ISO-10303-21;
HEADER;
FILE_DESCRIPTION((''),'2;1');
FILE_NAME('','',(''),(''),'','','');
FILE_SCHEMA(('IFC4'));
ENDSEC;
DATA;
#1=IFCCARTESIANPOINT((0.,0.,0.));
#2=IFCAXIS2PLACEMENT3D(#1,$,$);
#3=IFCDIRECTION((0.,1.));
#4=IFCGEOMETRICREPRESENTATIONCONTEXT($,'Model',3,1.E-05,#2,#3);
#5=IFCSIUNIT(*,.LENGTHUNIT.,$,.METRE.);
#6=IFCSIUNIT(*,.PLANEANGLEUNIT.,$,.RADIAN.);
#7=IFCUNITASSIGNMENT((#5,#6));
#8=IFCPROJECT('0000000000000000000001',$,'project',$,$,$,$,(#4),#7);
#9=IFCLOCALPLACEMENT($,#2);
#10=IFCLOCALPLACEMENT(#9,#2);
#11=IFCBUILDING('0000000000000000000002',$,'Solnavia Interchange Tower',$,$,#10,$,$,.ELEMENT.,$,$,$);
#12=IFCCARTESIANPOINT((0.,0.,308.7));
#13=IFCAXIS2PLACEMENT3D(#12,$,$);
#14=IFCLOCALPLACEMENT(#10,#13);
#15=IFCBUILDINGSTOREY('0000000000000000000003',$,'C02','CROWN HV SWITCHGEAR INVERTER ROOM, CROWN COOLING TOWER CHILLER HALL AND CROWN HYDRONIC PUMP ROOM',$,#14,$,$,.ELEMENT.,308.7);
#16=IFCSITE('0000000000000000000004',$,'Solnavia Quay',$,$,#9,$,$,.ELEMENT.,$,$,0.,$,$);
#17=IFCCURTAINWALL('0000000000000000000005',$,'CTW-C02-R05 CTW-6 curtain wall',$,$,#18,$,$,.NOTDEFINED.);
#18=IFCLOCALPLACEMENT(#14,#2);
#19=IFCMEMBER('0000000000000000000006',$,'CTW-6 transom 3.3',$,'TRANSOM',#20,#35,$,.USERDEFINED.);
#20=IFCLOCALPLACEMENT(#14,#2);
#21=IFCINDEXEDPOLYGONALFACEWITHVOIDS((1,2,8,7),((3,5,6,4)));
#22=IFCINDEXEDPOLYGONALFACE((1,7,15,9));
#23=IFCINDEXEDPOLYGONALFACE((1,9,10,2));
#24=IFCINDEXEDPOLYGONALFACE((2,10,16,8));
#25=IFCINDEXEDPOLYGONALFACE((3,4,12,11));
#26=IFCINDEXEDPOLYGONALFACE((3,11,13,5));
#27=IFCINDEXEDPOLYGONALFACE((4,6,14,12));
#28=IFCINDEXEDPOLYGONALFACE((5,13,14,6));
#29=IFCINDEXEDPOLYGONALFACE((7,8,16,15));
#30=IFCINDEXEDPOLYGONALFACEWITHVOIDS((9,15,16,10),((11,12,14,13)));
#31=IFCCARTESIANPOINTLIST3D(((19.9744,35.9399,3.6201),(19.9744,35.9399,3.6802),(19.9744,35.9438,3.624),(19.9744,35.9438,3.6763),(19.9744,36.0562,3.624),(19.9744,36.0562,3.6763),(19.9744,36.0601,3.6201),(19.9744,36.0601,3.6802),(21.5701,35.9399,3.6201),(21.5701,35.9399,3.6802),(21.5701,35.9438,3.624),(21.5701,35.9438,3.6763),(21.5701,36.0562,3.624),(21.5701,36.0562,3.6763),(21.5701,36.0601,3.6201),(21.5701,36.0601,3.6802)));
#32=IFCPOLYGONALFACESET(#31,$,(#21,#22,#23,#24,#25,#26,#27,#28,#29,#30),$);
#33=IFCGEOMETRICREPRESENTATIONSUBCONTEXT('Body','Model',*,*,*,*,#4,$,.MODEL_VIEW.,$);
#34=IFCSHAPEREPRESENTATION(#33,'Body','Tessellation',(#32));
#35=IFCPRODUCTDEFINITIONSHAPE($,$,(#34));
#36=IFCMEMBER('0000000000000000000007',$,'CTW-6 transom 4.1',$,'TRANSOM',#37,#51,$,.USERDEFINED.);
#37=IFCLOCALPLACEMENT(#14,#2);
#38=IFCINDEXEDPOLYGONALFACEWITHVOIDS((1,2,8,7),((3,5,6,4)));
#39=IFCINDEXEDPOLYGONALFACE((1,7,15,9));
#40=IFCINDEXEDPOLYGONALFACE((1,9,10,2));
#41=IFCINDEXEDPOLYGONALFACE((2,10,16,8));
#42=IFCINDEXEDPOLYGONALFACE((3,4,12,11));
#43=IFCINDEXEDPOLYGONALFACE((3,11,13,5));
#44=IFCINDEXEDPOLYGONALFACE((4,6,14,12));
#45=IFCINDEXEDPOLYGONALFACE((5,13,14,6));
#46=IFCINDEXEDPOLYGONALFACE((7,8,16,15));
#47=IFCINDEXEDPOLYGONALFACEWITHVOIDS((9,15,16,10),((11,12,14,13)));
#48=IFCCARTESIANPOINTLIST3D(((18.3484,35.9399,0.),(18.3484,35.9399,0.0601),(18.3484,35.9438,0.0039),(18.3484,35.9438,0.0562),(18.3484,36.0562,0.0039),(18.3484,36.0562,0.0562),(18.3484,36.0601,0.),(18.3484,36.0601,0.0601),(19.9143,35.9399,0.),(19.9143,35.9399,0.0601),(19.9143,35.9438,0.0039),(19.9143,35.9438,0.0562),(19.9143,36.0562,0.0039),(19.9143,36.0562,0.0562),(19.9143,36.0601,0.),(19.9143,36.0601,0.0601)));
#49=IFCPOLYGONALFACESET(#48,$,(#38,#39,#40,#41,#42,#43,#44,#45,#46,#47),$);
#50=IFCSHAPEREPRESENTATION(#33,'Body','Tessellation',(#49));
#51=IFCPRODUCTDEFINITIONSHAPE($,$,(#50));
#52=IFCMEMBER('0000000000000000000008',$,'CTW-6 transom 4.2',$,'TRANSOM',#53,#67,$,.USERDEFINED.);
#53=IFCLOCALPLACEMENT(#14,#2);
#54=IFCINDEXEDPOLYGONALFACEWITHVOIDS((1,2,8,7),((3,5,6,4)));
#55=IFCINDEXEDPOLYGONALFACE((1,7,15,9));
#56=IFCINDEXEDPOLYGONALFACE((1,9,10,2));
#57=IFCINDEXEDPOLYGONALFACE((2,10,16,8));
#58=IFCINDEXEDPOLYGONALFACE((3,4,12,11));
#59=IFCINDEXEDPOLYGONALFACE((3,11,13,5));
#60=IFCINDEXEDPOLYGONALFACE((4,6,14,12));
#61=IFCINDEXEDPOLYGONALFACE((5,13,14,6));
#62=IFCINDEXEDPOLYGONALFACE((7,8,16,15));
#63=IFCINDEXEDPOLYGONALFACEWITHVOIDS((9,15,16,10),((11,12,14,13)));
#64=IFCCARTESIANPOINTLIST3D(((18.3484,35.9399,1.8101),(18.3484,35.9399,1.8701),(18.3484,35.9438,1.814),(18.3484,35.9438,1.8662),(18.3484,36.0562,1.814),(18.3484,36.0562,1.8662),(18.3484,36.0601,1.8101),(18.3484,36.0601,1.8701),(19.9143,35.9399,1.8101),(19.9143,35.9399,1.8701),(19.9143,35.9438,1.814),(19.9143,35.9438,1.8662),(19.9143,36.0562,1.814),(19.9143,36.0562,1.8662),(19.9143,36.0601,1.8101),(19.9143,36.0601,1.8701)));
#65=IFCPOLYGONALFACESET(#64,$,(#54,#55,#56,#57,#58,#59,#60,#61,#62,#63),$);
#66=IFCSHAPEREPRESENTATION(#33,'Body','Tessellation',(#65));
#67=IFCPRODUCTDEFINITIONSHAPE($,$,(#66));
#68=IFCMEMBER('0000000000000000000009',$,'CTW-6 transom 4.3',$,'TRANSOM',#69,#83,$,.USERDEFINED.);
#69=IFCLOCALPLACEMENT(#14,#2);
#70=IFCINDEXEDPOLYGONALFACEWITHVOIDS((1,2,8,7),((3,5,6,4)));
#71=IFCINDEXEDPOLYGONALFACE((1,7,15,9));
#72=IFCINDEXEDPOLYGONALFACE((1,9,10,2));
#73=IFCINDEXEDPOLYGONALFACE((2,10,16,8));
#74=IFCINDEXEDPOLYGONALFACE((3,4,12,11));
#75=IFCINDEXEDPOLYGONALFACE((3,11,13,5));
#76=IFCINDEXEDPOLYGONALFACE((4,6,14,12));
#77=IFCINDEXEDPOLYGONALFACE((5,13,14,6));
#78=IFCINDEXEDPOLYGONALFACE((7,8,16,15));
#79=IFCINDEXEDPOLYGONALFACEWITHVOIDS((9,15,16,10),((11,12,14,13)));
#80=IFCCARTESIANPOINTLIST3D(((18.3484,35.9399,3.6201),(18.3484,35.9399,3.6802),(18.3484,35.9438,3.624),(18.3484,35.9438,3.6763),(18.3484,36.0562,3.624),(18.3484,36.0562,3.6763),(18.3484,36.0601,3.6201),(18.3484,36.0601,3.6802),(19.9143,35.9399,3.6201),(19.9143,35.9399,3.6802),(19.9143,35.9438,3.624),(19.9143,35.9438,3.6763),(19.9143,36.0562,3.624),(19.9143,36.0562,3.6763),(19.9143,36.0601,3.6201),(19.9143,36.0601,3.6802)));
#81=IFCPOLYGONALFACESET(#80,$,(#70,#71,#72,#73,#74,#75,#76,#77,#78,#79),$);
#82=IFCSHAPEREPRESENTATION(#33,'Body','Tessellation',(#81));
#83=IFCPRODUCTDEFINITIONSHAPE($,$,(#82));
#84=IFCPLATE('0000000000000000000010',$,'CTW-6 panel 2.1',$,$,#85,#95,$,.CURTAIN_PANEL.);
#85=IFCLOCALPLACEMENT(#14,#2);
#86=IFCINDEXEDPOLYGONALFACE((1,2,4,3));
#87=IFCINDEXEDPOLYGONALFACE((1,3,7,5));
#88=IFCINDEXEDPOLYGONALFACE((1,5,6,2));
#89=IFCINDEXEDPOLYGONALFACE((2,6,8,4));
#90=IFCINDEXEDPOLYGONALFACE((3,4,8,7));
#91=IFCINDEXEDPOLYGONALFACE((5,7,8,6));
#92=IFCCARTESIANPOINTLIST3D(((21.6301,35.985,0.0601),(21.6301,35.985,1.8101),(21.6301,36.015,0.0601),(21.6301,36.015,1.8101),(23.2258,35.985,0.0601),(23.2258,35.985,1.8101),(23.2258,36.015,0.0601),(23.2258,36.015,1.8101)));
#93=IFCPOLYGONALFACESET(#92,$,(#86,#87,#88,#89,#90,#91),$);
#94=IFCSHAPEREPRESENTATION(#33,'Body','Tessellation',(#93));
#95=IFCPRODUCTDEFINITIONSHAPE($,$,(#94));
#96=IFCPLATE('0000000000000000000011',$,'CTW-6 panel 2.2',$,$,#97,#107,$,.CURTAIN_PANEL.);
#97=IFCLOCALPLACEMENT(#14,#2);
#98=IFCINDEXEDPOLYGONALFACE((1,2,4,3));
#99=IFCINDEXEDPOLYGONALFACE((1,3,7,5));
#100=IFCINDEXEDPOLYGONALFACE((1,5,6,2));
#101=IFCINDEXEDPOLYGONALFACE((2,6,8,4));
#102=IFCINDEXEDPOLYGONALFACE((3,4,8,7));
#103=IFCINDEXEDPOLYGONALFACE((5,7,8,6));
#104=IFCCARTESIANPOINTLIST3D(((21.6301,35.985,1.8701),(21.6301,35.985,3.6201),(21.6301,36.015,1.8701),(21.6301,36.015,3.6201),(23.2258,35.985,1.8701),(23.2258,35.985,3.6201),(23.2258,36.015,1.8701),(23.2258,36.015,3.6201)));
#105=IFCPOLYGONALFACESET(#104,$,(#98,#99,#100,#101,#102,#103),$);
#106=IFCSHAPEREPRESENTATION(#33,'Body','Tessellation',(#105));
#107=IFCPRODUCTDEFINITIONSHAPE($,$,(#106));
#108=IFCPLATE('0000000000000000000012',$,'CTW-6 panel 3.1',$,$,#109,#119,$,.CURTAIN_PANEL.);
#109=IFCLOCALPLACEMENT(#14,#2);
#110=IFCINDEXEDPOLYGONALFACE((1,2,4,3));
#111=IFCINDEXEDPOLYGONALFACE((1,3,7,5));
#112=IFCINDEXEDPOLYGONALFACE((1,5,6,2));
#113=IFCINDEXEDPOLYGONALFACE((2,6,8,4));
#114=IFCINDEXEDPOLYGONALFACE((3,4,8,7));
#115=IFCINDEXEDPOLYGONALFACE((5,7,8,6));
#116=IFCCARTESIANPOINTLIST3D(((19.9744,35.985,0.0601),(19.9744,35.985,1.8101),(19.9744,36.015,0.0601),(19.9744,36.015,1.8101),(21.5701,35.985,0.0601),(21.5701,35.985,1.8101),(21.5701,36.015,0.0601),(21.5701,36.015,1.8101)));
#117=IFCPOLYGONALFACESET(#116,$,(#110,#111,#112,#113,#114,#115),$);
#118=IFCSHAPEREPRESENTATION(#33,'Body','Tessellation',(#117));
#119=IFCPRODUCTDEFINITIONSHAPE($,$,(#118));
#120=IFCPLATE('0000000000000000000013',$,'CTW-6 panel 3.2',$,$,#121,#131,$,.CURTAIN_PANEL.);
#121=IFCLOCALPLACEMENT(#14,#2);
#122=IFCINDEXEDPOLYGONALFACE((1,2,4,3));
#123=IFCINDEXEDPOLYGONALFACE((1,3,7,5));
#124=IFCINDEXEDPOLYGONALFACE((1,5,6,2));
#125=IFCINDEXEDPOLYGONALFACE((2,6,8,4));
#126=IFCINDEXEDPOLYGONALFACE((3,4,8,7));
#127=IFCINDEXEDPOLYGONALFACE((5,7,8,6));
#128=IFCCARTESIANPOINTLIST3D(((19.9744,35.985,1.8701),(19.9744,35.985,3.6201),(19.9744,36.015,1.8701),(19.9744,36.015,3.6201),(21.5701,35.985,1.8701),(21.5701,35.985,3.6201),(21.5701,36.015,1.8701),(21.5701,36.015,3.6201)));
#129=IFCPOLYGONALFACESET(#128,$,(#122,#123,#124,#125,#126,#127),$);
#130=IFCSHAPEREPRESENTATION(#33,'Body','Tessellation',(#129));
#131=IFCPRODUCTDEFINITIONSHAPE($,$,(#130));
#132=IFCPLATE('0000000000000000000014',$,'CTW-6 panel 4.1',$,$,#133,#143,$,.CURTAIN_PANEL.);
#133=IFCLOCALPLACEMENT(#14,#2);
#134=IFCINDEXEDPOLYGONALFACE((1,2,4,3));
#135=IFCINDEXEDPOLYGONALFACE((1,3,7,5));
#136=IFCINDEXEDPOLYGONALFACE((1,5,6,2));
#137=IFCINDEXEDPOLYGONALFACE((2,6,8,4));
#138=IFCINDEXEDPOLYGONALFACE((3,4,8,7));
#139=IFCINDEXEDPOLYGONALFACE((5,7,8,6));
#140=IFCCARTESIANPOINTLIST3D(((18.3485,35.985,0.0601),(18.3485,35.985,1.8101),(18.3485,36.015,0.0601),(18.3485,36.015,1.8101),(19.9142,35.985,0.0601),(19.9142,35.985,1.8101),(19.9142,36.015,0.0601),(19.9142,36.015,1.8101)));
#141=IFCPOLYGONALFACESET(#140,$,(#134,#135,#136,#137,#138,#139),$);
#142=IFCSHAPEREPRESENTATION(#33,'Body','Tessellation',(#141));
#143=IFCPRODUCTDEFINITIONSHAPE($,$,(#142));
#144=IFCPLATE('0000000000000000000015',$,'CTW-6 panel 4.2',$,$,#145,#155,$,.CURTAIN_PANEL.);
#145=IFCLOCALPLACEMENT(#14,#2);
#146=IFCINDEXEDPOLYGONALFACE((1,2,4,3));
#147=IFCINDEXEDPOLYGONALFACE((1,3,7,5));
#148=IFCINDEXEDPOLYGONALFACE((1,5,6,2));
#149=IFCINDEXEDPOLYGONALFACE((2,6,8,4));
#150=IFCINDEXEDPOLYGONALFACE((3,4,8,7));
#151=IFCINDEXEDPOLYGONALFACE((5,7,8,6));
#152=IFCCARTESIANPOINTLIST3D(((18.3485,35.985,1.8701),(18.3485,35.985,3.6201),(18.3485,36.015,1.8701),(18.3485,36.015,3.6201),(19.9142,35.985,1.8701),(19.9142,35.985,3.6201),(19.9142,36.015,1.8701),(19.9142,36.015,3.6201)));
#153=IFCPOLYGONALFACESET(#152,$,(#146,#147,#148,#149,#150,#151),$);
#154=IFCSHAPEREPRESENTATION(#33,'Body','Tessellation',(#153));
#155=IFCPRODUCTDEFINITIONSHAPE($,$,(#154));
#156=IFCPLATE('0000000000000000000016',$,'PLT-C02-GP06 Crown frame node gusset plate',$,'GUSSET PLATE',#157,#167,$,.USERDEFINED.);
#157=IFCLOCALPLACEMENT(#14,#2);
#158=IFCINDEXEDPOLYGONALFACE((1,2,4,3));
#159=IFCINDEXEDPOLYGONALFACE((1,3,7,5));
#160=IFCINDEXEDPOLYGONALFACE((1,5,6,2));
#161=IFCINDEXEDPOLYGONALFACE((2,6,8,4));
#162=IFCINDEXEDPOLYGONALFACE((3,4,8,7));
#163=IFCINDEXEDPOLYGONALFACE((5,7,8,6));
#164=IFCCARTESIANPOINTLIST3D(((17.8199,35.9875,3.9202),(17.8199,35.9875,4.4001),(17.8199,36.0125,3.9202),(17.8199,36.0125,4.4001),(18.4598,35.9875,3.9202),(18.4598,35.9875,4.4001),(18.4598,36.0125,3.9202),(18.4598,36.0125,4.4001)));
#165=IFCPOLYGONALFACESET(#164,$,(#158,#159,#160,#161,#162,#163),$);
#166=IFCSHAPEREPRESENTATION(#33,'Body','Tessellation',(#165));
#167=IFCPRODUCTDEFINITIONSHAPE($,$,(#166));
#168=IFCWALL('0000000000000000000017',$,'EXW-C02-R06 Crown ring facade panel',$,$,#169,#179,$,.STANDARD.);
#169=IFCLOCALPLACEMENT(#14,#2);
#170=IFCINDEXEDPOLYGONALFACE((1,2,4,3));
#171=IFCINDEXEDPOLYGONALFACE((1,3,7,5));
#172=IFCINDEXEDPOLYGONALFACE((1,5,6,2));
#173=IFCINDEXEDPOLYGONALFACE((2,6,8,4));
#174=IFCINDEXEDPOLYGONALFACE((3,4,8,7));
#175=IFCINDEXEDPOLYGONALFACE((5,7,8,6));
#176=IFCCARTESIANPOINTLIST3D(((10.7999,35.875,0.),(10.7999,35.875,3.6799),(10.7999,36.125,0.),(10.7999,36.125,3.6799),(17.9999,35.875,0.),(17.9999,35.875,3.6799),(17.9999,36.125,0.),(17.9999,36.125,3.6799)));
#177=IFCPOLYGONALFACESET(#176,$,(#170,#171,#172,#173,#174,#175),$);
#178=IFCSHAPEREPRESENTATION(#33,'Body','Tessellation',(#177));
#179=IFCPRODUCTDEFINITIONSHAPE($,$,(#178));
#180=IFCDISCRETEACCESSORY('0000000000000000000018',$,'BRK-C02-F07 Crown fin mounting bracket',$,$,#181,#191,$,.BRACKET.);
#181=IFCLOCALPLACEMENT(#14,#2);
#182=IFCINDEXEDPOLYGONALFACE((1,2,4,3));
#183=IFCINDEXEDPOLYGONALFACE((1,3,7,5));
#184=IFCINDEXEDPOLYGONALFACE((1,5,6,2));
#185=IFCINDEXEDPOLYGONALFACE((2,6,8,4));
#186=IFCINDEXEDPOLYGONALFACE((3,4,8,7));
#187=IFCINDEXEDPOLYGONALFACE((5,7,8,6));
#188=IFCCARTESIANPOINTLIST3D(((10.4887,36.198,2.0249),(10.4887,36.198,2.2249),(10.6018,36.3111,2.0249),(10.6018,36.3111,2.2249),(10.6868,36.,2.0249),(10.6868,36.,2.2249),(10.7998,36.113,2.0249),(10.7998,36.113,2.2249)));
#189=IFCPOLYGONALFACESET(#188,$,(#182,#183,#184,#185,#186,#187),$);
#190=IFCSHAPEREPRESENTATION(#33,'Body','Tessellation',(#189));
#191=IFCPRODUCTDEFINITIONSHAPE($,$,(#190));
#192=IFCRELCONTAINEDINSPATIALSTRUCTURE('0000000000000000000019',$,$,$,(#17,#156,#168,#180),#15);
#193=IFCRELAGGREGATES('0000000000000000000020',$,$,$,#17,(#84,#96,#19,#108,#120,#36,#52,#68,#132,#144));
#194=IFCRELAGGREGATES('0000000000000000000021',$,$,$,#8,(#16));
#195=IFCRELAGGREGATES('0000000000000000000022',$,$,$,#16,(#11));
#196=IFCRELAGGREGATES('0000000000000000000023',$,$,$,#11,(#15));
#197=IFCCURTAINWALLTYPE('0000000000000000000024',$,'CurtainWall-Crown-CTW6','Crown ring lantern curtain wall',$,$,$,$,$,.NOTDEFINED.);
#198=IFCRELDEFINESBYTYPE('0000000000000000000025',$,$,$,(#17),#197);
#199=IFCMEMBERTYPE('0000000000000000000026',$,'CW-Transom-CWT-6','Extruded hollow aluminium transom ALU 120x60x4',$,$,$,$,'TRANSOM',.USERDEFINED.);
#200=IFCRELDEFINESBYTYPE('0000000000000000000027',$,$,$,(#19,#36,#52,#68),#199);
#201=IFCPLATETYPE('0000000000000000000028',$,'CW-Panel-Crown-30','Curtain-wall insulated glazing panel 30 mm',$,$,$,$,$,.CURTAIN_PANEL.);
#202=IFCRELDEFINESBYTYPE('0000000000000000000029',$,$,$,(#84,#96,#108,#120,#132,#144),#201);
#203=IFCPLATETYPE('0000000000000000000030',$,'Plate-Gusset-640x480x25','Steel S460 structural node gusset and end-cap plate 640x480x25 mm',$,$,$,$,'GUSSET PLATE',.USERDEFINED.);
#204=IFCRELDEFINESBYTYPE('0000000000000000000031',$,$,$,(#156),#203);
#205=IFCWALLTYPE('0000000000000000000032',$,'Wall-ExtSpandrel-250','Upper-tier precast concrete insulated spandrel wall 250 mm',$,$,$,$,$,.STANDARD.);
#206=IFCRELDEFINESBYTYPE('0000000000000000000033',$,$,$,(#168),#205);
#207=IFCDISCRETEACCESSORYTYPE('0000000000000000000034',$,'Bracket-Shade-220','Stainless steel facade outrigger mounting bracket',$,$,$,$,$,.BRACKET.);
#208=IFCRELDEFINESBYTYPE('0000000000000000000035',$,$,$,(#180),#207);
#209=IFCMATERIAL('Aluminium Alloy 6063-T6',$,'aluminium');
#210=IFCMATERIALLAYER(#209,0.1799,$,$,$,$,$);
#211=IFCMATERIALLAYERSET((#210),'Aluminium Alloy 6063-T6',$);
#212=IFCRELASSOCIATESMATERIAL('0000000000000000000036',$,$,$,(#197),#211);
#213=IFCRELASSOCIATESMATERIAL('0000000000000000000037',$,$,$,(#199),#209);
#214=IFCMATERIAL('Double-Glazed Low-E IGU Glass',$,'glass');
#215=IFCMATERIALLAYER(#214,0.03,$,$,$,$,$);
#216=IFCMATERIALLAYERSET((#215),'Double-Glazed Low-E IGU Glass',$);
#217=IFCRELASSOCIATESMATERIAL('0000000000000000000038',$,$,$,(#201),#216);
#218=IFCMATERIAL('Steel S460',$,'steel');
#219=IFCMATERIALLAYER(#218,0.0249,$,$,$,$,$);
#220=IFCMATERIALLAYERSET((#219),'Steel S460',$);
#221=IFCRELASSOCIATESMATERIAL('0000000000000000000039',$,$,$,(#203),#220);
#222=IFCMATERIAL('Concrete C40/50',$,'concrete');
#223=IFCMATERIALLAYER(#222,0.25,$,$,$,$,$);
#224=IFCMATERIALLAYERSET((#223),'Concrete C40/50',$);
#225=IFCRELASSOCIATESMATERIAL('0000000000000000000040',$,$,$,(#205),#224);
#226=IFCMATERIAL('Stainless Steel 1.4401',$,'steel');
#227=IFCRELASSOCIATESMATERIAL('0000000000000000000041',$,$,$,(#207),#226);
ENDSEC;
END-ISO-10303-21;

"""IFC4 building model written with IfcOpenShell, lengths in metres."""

from ifc_helpers import new_model, si_unit, direction, frame, frame_2d, origin, origin_2d, place, context, subcontext, project, spatial, rectangle, hollow_rectangle, extrude, material, layer, layer_set, material_profile, profile_set, type_object, element, aggregate, save


model = new_model("IFC4")

# Units and contexts
model_context = context("Model", 3, precision=1e-05, world=origin(), true_north=direction((0.0, 1.0)))
body_context = subcontext(model_context, "Body", "Model", "MODEL_VIEW")
ifc_project = project(units=[si_unit("LENGTHUNIT", "METRE"), si_unit("PLANEANGLEUNIT", "RADIAN")], contexts=[model_context])

# Site, building, storey
site_placement = place(None, origin())
site = spatial("IfcSite", under=ifc_project, at=site_placement, Name="Solnavia Quay", CompositionType="ELEMENT", RefElevation=0.0)
building_placement = place(site_placement, origin())
building = spatial("IfcBuilding", under=site, at=building_placement, Name="Solnavia Interchange Tower", CompositionType="ELEMENT")
storey_placement = place(building_placement, frame((0.0, 0.0, 308.7)))
storey = spatial("IfcBuildingStorey", under=building, at=storey_placement, Name="C02", Description="CROWN HV SWITCHGEAR INVERTER ROOM, CROWN COOLING TOWER CHILLER HALL AND CROWN HYDRONIC PUMP ROOM", CompositionType="ELEMENT", Elevation=308.7)

# Shared definitions
ifc_material_1 = material(Name="Steel S460", Category="steel")

# Curtain wall, members, plates
ifc_material_2 = material(Name="Aluminium Alloy 6063-T6", Category="aluminium")
ifc_layer_1 = layer(ifc_material_2, 0.1799)
ifc_layer_set_1 = layer_set([ifc_layer_1], Name="Aluminium Alloy 6063-T6")
curtain_wall_type = type_object("IfcCurtainWallType", Name="CurtainWall-Crown-CTW6", Description="Crown ring lantern curtain wall", PredefinedType="NOTDEFINED", material=ifc_layer_set_1)
curtain_wall_placement = place(storey_placement, origin())
curtain_wall = element("IfcCurtainWall", 1, at=curtain_wall_placement, inside=storey, type_object=curtain_wall_type, Name="CTW-C02-R05 CTW-6 curtain wall", PredefinedType="NOTDEFINED")
ifc_material_profile_1 = material_profile(ifc_material_2, hollow_rectangle(XDim=0.0601, YDim=0.1201, WallThickness=0.0039, at=origin_2d()), Name="ALU 120x60x4")
ifc_profile_set_1 = profile_set([ifc_material_profile_1], Name="Aluminium Alloy 6063-T6")
member_type_1 = type_object("IfcMemberType", Name="CW-Transom-CWT-6", Description="Extruded hollow aluminium transom ALU 120x60x4", ElementType="TRANSOM", PredefinedType="USERDEFINED", material=ifc_profile_set_1)
member_1_placement = place(storey_placement, frame((21.5701, 36.0, 3.6501), z_axis=(-1.0, 0.0, 0.0), x_axis=(0.0, 0.0, 1.0)))
member_1 = element("IfcMember", 2, at=member_1_placement, type_object=member_type_1, Name="CTW-6 transom 3.3", ObjectType="TRANSOM", PredefinedType="USERDEFINED", context=body_context, shape_type="SweptSolid", body=[
    extrude(hollow_rectangle(XDim=0.0601, YDim=0.1201, WallThickness=0.0039, at=origin_2d()), origin(), (0.0, 0.0, 1.0), 1.5957),
])
member_2_placement = place(storey_placement, frame((19.9143, 36.0, 0.03), z_axis=(-1.0, 0.0, 0.0), x_axis=(0.0, 0.0, 1.0)))
member_2 = element("IfcMember", 3, at=member_2_placement, type_object=member_type_1, Name="CTW-6 transom 4.1", ObjectType="TRANSOM", PredefinedType="USERDEFINED", context=body_context, shape_type="SweptSolid", body=[
    extrude(hollow_rectangle(XDim=0.0601, YDim=0.1201, WallThickness=0.0039, at=origin_2d()), origin(), (0.0, 0.0, 1.0), 1.5659),
])
member_3_placement = place(storey_placement, frame((19.9143, 36.0, 1.8401), z_axis=(-1.0, 0.0, 0.0), x_axis=(0.0, 0.0, 1.0)))
member_3 = element("IfcMember", 4, at=member_3_placement, type_object=member_type_1, Name="CTW-6 transom 4.2", ObjectType="TRANSOM", PredefinedType="USERDEFINED", context=body_context, shape_type="SweptSolid", body=[
    extrude(hollow_rectangle(XDim=0.0601, YDim=0.1201, WallThickness=0.0039, at=origin_2d()), origin(), (0.0, 0.0, 1.0), 1.5659),
])
member_4_placement = place(storey_placement, frame((19.9143, 36.0, 3.6501), z_axis=(-1.0, 0.0, 0.0), x_axis=(0.0, 0.0, 1.0)))
member_4 = element("IfcMember", 5, at=member_4_placement, type_object=member_type_1, Name="CTW-6 transom 4.3", ObjectType="TRANSOM", PredefinedType="USERDEFINED", context=body_context, shape_type="SweptSolid", body=[
    extrude(hollow_rectangle(XDim=0.0601, YDim=0.1201, WallThickness=0.0039, at=origin_2d()), origin(), (0.0, 0.0, 1.0), 1.5659),
])
ifc_material_3 = material(Name="Double-Glazed Low-E IGU Glass", Category="glass")
ifc_layer_2 = layer(ifc_material_3, 0.03)
ifc_layer_set_2 = layer_set([ifc_layer_2], Name="Double-Glazed Low-E IGU Glass")
plate_type_1 = type_object("IfcPlateType", Name="CW-Panel-Crown-30", Description="Curtain-wall insulated glazing panel 30 mm", PredefinedType="CURTAIN_PANEL", material=ifc_layer_set_2)
plate_1_placement = place(storey_placement, frame((22.428, 36.0, 0.0601), z_axis=(0.0, 0.0, 1.0), x_axis=(-1.0, 0.0, 0.0)))
plate_1 = element("IfcPlate", 6, at=plate_1_placement, type_object=plate_type_1, Name="CTW-6 panel 2.1", PredefinedType="CURTAIN_PANEL", context=body_context, shape_type="SweptSolid", body=[
    extrude(rectangle(XDim=1.5957, YDim=0.03, at=origin_2d()), origin(), (0.0, 0.0, 1.0), 1.75),
])
plate_2_placement = place(storey_placement, frame((22.428, 36.0, 1.8701), z_axis=(0.0, 0.0, 1.0), x_axis=(-1.0, 0.0, 0.0)))
plate_2 = element("IfcPlate", 7, at=plate_2_placement, type_object=plate_type_1, Name="CTW-6 panel 2.2", PredefinedType="CURTAIN_PANEL", context=body_context, shape_type="SweptSolid", body=[
    extrude(rectangle(XDim=1.5957, YDim=0.03, at=origin_2d()), origin(), (0.0, 0.0, 1.0), 1.75),
])
plate_3_placement = place(storey_placement, frame((20.7722, 36.0, 0.0601), z_axis=(0.0, 0.0, 1.0), x_axis=(-1.0, 0.0, 0.0)))
plate_3 = element("IfcPlate", 8, at=plate_3_placement, type_object=plate_type_1, Name="CTW-6 panel 3.1", PredefinedType="CURTAIN_PANEL", context=body_context, shape_type="SweptSolid", body=[
    extrude(rectangle(XDim=1.5957, YDim=0.03, at=origin_2d()), origin(), (0.0, 0.0, 1.0), 1.75),
])
plate_4_placement = place(storey_placement, frame((20.7722, 36.0, 1.8701), z_axis=(0.0, 0.0, 1.0), x_axis=(-1.0, 0.0, 0.0)))
plate_4 = element("IfcPlate", 9, at=plate_4_placement, type_object=plate_type_1, Name="CTW-6 panel 3.2", PredefinedType="CURTAIN_PANEL", context=body_context, shape_type="SweptSolid", body=[
    extrude(rectangle(XDim=1.5957, YDim=0.03, at=origin_2d()), origin(), (0.0, 0.0, 1.0), 1.75),
])
plate_5_placement = place(storey_placement, frame((19.1313, 36.0, 0.0601), z_axis=(0.0, 0.0, 1.0), x_axis=(-1.0, 0.0, 0.0)))
plate_5 = element("IfcPlate", 10, at=plate_5_placement, type_object=plate_type_1, Name="CTW-6 panel 4.1", PredefinedType="CURTAIN_PANEL", context=body_context, shape_type="SweptSolid", body=[
    extrude(rectangle(XDim=1.5657, YDim=0.03, at=origin_2d()), origin(), (0.0, 0.0, 1.0), 1.75),
])
plate_6_placement = place(storey_placement, frame((19.1313, 36.0, 1.8701), z_axis=(0.0, 0.0, 1.0), x_axis=(-1.0, 0.0, 0.0)))
plate_6 = element("IfcPlate", 11, at=plate_6_placement, type_object=plate_type_1, Name="CTW-6 panel 4.2", PredefinedType="CURTAIN_PANEL", context=body_context, shape_type="SweptSolid", body=[
    extrude(rectangle(XDim=1.5657, YDim=0.03, at=origin_2d()), origin(), (0.0, 0.0, 1.0), 1.75),
])
aggregate(curtain_wall, [plate_1, plate_2, member_1, plate_3, plate_4, member_2, member_3, member_4, plate_5, plate_6])

# Plate
ifc_layer_3 = layer(ifc_material_1, 0.0249)
ifc_layer_set_3 = layer_set([ifc_layer_3], Name="Steel S460")
plate_type_2 = type_object("IfcPlateType", Name="Plate-Gusset-640x480x25", Description="Steel S460 structural node gusset and end-cap plate 640x480x25 mm", ElementType="GUSSET PLATE", PredefinedType="USERDEFINED", material=ifc_layer_set_3)
plate_7_placement = place(storey_placement, frame((18.1399, 36.0, 3.9202), z_axis=(0.0, 0.0, 1.0), x_axis=(-1.0, 0.0, 0.0)))
element("IfcPlate", 12, at=plate_7_placement, inside=storey, type_object=plate_type_2, Name="PLT-C02-GP06 Crown frame node gusset plate", ObjectType="GUSSET PLATE", PredefinedType="USERDEFINED", context=body_context, shape_type="SweptSolid", body=[
    extrude(rectangle(XDim=0.6399, YDim=0.0249, at=origin_2d()), origin(), (0.0, 0.0, 1.0), 0.48),
])

# Wall
ifc_material_4 = material(Name="Concrete C40/50", Category="concrete")
ifc_layer_4 = layer(ifc_material_4, 0.25)
ifc_layer_set_4 = layer_set([ifc_layer_4], Name="Concrete C40/50")
wall_type = type_object("IfcWallType", Name="Wall-ExtSpandrel-250", Description="Upper-tier precast concrete insulated spandrel wall 250 mm", PredefinedType="STANDARD", material=ifc_layer_set_4)
wall_placement = place(storey_placement, frame((18.0, 36.0, 0.0), z_axis=(0.0, 0.0, 1.0), x_axis=(-1.0, 0.0, 0.0)))
element("IfcWall", 13, at=wall_placement, inside=storey, type_object=wall_type, Name="EXW-C02-R06 Crown ring facade panel", PredefinedType="STANDARD", context=body_context, shape_type="SweptSolid", body=[
    extrude(rectangle(XDim=7.2, YDim=0.25, at=frame_2d((3.6001, 0.0))), origin(), (0.0, 0.0, 1.0), 3.6799),
])

# Discrete accessory
ifc_material_5 = material(Name="Stainless Steel 1.4401", Category="steel")
discrete_accessory_type = type_object("IfcDiscreteAccessoryType", Name="Bracket-Shade-220", Description="Stainless steel facade outrigger mounting bracket", PredefinedType="BRACKET", material=ifc_material_5)
discrete_accessory_placement = place(storey_placement, frame((10.6443, 36.1555, 2.0249), z_axis=(0.0, 0.0, 1.0), x_axis=(-0.707107, 0.707107, 0.0)))
element("IfcDiscreteAccessory", 14, at=discrete_accessory_placement, inside=storey, type_object=discrete_accessory_type, Name="BRK-C02-F07 Crown fin mounting bracket", PredefinedType="BRACKET", context=body_context, shape_type="SweptSolid", body=[
    extrude(rectangle(XDim=0.28, YDim=0.1599, at=origin_2d()), origin(), (0.0, 0.0, 1.0), 0.2),
])

save(model, "model.ifc")
